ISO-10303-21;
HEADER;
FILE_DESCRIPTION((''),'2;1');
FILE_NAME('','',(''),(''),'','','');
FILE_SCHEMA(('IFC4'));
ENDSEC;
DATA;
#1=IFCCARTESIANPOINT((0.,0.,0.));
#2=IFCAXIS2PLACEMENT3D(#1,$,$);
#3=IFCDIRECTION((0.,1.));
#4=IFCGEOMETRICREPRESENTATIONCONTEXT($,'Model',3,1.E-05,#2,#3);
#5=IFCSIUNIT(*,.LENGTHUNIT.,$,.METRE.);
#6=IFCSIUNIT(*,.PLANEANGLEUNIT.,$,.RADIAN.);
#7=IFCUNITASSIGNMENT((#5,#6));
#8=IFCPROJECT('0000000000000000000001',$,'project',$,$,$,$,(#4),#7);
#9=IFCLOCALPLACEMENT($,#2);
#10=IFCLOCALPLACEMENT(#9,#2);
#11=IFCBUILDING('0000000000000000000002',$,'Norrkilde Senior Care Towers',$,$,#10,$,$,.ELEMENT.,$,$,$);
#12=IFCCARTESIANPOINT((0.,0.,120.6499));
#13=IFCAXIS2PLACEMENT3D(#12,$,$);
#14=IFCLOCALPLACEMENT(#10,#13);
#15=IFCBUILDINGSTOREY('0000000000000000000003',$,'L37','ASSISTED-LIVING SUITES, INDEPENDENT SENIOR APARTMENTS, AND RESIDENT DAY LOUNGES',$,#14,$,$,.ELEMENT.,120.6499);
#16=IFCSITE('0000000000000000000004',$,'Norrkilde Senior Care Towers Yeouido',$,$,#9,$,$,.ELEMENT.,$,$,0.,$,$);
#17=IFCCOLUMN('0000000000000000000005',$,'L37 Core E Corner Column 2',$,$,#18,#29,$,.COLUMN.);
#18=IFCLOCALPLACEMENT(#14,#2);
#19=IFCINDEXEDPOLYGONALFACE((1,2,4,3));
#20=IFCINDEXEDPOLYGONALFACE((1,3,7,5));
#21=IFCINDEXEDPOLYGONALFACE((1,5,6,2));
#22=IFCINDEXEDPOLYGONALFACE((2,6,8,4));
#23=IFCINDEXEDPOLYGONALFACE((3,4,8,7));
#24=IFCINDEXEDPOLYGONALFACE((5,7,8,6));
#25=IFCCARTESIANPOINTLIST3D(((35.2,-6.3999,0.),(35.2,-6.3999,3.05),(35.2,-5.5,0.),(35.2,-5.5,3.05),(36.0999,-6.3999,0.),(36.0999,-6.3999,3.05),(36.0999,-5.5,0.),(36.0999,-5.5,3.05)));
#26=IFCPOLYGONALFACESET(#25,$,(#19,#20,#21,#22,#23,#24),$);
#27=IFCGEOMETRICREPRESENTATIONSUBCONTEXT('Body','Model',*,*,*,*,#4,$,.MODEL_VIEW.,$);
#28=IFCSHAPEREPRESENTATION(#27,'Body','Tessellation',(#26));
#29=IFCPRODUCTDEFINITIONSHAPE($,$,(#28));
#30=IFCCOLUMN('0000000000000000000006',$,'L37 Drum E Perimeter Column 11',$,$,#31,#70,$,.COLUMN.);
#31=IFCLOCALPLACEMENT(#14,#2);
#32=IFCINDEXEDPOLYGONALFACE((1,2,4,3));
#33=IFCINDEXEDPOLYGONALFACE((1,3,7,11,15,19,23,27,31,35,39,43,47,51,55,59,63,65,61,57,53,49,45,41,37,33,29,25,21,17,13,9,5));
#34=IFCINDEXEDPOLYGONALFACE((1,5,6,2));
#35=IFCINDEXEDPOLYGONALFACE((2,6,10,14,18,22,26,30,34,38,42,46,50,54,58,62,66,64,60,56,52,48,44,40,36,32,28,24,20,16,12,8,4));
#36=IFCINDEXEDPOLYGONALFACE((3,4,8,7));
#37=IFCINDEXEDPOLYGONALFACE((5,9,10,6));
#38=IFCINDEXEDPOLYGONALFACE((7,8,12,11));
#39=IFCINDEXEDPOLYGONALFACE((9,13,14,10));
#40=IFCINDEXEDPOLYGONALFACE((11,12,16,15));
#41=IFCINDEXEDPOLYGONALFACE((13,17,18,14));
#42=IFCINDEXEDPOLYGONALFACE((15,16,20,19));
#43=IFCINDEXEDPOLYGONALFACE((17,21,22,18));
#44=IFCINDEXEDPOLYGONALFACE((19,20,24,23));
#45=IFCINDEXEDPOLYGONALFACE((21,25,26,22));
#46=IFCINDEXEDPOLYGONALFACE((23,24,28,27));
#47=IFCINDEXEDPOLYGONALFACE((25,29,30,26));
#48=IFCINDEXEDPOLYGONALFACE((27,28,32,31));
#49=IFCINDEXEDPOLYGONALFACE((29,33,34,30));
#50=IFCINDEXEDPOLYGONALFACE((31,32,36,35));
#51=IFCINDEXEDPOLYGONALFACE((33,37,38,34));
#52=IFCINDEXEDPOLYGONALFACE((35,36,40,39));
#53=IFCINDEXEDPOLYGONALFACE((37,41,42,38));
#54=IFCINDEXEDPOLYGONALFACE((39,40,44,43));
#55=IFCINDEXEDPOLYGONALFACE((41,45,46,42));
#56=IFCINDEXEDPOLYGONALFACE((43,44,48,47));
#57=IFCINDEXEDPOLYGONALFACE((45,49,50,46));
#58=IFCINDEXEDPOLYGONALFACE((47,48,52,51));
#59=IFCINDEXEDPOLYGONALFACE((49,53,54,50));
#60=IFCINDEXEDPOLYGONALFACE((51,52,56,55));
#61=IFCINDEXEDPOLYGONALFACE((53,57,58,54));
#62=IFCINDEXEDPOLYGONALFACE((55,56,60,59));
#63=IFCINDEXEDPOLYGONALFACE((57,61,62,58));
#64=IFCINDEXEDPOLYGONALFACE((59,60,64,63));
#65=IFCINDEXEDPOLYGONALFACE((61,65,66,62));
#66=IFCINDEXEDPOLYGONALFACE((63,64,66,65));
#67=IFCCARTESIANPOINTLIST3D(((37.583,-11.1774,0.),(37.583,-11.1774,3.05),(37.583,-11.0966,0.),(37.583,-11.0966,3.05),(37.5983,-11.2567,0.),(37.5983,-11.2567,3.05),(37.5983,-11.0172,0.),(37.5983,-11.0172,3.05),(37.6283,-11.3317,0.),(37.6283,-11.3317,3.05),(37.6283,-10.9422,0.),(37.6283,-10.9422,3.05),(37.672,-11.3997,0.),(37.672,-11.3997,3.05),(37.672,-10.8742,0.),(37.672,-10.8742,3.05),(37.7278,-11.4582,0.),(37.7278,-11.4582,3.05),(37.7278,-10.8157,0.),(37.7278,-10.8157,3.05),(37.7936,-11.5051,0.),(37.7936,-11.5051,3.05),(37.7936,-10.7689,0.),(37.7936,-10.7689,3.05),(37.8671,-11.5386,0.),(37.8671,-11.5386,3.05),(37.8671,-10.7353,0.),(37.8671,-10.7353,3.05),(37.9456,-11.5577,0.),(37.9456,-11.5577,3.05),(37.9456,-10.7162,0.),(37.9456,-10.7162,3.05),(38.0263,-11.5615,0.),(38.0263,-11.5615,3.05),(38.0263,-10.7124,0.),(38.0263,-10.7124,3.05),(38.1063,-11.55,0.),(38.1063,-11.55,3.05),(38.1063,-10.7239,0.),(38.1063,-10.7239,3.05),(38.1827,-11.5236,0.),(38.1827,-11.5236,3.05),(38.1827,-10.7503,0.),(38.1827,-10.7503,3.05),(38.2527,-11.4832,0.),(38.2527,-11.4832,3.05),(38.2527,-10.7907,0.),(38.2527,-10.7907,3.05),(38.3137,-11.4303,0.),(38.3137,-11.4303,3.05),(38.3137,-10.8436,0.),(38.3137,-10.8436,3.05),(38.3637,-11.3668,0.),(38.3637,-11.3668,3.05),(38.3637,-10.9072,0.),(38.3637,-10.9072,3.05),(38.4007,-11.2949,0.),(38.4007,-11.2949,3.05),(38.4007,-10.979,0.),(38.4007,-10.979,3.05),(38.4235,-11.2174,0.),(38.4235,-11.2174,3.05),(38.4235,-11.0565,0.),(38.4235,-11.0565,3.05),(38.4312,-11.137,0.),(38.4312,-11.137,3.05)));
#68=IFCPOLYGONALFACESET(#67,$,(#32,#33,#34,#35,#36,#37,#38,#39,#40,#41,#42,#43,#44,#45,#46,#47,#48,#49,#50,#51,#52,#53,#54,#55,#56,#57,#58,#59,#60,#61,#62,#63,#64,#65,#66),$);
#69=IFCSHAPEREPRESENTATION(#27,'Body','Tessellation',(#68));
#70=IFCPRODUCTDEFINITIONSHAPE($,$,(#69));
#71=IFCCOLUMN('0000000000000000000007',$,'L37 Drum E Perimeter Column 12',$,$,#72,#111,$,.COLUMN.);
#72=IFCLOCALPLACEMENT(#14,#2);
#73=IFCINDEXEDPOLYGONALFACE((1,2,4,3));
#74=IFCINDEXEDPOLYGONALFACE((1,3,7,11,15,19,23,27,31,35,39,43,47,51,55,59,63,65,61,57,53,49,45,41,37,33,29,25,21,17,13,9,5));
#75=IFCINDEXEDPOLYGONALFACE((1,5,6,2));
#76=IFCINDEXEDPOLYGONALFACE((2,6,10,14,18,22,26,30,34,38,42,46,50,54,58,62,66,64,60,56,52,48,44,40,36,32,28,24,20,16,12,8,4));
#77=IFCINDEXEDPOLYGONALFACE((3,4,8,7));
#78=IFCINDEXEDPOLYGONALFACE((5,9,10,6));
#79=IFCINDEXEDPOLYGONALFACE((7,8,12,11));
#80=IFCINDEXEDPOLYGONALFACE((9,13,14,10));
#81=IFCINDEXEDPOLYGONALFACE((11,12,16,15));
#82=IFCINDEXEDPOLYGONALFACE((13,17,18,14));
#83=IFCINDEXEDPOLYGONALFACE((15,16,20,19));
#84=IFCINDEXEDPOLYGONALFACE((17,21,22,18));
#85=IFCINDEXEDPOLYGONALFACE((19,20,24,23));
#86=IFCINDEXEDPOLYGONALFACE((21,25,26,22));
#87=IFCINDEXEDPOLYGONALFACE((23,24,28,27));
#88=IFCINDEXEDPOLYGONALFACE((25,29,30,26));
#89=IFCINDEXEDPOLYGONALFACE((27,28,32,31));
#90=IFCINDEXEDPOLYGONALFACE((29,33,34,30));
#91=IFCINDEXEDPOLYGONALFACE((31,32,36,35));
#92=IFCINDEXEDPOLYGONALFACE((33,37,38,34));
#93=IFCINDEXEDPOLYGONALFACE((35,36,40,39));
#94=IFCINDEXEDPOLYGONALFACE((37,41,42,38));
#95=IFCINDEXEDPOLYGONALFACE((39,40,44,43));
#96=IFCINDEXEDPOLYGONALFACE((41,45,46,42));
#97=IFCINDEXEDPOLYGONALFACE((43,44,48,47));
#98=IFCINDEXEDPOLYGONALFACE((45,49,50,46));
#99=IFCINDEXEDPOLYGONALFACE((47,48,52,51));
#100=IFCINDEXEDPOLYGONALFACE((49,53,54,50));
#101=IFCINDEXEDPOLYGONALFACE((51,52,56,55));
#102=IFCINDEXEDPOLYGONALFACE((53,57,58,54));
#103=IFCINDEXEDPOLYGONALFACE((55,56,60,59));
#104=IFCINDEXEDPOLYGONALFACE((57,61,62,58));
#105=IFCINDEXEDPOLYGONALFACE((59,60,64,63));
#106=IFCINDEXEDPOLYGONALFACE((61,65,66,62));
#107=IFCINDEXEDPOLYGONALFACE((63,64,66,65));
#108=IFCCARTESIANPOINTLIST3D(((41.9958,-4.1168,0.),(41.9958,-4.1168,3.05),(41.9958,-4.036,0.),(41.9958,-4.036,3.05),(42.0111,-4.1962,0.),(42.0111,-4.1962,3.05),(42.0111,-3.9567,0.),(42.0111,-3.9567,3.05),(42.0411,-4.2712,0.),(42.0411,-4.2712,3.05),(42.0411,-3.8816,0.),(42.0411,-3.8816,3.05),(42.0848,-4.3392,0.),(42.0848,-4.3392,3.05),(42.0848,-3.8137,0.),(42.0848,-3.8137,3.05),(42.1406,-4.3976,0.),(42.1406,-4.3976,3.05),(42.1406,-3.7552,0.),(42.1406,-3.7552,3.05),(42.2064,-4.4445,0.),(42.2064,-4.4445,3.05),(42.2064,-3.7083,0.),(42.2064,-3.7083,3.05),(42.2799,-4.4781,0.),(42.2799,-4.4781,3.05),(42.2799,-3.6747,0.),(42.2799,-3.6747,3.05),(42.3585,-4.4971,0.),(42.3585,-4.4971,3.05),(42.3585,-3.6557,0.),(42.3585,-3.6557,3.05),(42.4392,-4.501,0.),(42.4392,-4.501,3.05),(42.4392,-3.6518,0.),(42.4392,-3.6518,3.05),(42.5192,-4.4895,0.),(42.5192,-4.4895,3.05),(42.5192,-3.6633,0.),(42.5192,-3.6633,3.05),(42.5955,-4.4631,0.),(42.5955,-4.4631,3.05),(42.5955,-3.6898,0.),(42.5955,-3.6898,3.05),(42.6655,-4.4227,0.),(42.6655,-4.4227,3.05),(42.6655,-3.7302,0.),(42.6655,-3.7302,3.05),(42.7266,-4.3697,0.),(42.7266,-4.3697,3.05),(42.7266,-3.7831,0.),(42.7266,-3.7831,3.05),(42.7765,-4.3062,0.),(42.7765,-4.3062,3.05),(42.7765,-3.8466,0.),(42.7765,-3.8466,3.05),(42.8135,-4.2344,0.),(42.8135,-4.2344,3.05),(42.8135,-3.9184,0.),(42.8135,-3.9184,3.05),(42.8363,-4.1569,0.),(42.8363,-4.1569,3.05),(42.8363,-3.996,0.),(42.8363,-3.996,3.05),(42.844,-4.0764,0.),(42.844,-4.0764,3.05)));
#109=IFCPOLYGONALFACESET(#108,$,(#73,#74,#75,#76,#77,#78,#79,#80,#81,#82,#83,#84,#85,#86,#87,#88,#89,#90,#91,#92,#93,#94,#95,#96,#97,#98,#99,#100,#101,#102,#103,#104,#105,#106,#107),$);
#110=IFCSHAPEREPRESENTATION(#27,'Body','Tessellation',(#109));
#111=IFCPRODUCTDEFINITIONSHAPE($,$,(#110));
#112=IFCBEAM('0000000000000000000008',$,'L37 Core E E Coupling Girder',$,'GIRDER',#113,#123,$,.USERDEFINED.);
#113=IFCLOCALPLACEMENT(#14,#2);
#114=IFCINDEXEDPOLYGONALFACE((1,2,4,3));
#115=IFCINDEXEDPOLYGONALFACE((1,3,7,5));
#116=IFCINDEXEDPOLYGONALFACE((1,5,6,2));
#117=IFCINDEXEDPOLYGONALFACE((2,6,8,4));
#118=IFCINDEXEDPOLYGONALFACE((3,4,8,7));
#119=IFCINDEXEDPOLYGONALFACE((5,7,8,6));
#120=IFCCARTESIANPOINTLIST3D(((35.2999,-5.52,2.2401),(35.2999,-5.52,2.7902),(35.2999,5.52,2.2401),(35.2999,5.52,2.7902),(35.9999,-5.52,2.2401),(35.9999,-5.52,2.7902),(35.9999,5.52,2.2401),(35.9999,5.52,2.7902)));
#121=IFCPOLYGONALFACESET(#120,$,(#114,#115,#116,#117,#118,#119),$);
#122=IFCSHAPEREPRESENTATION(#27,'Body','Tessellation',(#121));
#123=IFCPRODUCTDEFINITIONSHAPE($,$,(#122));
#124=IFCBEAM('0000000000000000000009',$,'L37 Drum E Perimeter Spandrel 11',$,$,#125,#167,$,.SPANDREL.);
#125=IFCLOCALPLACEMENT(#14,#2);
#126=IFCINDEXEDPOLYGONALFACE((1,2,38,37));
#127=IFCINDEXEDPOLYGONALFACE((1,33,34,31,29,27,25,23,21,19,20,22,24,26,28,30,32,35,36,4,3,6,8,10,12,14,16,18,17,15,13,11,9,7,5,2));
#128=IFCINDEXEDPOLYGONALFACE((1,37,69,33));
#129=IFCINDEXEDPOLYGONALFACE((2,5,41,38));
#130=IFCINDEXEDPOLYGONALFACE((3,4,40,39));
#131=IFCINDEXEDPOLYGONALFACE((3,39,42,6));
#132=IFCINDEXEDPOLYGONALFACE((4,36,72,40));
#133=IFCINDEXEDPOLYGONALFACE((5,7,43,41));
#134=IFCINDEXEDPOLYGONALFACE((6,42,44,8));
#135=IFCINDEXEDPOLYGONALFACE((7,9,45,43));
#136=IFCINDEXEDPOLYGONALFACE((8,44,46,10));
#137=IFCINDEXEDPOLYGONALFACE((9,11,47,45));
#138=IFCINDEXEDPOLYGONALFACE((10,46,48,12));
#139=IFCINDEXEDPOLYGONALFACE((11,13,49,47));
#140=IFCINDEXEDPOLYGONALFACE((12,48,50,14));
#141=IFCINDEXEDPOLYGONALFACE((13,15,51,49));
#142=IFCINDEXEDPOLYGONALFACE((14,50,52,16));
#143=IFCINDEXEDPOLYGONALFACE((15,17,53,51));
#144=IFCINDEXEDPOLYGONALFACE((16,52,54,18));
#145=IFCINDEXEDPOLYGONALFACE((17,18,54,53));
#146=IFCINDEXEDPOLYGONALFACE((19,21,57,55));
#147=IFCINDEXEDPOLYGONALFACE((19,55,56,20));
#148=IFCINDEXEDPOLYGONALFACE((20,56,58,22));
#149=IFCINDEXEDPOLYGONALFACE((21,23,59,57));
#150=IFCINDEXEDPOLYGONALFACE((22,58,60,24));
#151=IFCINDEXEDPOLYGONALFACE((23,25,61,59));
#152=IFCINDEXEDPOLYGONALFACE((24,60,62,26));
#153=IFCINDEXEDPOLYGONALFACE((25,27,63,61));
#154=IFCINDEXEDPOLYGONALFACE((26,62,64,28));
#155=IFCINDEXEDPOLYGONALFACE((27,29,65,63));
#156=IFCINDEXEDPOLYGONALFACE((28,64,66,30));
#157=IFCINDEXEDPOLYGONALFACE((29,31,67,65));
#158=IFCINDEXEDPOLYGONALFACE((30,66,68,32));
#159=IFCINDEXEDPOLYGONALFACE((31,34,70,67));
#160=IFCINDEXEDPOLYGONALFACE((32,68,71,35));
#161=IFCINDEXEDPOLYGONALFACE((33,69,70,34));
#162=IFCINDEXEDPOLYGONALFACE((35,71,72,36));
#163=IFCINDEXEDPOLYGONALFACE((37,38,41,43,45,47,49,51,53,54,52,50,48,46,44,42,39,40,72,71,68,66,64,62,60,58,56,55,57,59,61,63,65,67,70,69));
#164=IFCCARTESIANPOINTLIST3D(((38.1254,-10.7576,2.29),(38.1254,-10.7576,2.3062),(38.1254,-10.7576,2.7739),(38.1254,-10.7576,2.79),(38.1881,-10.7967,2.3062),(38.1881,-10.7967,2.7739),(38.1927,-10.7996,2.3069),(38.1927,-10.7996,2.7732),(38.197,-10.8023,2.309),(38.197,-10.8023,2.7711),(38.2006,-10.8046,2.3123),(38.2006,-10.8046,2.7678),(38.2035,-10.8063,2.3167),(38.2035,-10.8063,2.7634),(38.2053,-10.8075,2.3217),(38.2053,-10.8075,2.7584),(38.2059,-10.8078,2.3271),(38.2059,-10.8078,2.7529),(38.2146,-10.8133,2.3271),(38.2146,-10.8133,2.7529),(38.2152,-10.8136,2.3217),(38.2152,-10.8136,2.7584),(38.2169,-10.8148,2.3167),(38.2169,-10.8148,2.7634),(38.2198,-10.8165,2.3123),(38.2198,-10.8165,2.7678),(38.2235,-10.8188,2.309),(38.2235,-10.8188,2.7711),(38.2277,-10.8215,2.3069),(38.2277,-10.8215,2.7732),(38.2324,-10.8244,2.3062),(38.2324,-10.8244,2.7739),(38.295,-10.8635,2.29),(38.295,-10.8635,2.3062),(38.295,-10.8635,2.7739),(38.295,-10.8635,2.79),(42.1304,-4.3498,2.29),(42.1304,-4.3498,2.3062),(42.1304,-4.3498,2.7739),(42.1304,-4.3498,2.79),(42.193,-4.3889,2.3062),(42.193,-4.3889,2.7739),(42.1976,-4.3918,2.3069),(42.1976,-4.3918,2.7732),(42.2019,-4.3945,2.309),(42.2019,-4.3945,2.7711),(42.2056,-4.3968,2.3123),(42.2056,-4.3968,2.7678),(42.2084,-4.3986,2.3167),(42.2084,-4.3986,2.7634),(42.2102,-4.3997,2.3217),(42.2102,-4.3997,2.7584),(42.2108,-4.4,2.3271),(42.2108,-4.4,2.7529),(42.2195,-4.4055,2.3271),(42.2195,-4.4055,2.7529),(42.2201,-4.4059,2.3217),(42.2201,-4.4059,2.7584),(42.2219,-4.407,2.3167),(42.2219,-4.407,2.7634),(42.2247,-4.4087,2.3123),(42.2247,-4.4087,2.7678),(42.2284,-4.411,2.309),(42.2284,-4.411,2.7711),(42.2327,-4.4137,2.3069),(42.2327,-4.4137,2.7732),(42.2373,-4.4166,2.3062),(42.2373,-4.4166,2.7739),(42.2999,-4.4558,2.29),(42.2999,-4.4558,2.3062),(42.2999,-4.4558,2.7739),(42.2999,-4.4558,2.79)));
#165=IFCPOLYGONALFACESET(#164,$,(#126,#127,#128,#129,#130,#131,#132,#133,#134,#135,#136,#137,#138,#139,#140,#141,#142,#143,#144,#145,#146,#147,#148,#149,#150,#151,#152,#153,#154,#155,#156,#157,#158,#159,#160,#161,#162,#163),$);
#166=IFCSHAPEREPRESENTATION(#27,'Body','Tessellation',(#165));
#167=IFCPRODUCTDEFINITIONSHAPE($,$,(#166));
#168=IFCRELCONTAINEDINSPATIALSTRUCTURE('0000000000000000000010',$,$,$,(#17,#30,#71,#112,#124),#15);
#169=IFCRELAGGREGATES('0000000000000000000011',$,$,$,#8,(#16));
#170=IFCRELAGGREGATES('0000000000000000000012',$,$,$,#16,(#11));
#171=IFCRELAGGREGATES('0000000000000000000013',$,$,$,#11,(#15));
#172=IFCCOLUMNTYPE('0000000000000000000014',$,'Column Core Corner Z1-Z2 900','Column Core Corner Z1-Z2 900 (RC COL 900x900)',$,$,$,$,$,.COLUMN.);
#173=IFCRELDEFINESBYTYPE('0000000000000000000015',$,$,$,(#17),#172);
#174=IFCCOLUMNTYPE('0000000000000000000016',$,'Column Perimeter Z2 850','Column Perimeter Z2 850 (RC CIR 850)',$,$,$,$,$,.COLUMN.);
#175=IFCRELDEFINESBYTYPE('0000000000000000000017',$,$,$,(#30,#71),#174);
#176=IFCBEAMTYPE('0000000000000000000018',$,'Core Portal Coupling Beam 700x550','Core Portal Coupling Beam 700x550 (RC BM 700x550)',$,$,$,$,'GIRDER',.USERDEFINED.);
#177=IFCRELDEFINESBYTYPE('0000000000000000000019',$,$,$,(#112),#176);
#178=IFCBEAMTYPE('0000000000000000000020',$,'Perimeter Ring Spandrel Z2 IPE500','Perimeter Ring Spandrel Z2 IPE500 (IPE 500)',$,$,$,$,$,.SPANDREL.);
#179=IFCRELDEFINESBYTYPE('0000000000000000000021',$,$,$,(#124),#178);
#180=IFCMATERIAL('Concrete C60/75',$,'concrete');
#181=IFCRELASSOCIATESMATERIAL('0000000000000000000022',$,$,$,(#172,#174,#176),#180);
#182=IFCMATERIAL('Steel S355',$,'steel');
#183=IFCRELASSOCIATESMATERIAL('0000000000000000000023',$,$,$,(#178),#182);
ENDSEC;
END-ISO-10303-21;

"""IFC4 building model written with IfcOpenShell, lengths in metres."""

from ifc_helpers import new_model, si_unit, direction, frame, origin, origin_2d, place, context, subcontext, project, spatial, rectangle, circle, i_section, extrude, source, transform, mapped, material, material_profile, profile_set, type_object, type_shapes, element, save


model = new_model("IFC4")

# Units and contexts
model_context = context("Model", 3, precision=1e-05, world=origin(), true_north=direction((0.0, 1.0)))
body_context = subcontext(model_context, "Body", "Model", "MODEL_VIEW")
ifc_project = project(units=[si_unit("LENGTHUNIT", "METRE"), si_unit("PLANEANGLEUNIT", "RADIAN")], contexts=[model_context])

# Site, building, storey
site_placement = place(None, origin())
site = spatial("IfcSite", under=ifc_project, at=site_placement, Name="Norrkilde Senior Care Towers Yeouido", CompositionType="ELEMENT", RefElevation=0.0)
building_placement = place(site_placement, origin())
building = spatial("IfcBuilding", under=site, at=building_placement, Name="Norrkilde Senior Care Towers", CompositionType="ELEMENT")
storey_placement = place(building_placement, frame((0.0, 0.0, 120.6499)))
storey = spatial("IfcBuildingStorey", under=building, at=storey_placement, Name="L37", Description="ASSISTED-LIVING SUITES, INDEPENDENT SENIOR APARTMENTS, AND RESIDENT DAY LOUNGES", CompositionType="ELEMENT", Elevation=120.6499)

# Columns
ifc_material_1 = material(Name="Concrete C60/75", Category="concrete")
ifc_material_profile_1 = material_profile(ifc_material_1, rectangle(XDim=0.8999, YDim=0.8999, at=origin_2d()), Name="RC COL 900x900")
ifc_profile_set_1 = profile_set([ifc_material_profile_1], Name="Concrete C60/75")
column_type_1 = type_object("IfcColumnType", Name="Column Core Corner Z1-Z2 900", Description="Column Core Corner Z1-Z2 900 (RC COL 900x900)", PredefinedType="COLUMN", material=ifc_profile_set_1)
shared_shape_1 = source(origin(), body_context, "Body", "SweptSolid", [
    extrude(rectangle(XDim=0.8999, YDim=0.8999, at=origin_2d()), origin(), (0.0, 0.0, 1.0), 3.05),
])
type_shapes(column_type_1, [shared_shape_1])
column_placement = place(storey_placement, frame((35.6499, -5.95, 0.0), z_axis=(0.0, 0.0, 1.0), x_axis=(1.0, 0.0, 0.0)))
element("IfcColumn", 1, at=column_placement, inside=storey, type_object=column_type_1, Name="L37 Core E Corner Column 2", PredefinedType="COLUMN", context=body_context, shape_type="MappedRepresentation", body=[
    mapped(shared_shape_1, transform((0.0, 0.0, 0.0), x_axis=(1.0, 0.0, 0.0), y_axis=(0.0, 1.0, 0.0), z_axis=(0.0, 0.0, 1.0), scale=1.0)),
])
ifc_material_profile_2 = material_profile(ifc_material_1, circle(Radius=0.425, at=origin_2d()), Name="RC CIR 850")
ifc_profile_set_2 = profile_set([ifc_material_profile_2], Name="Concrete C60/75")
column_type_2 = type_object("IfcColumnType", Name="Column Perimeter Z2 850", Description="Column Perimeter Z2 850 (RC CIR 850)", PredefinedType="COLUMN", material=ifc_profile_set_2)
shared_shape_2 = source(origin(), body_context, "Body", "SweptSolid", [
    extrude(circle(Radius=0.425, at=origin_2d()), origin(), (0.0, 0.0, 1.0), 3.05),
])
type_shapes(column_type_2, [shared_shape_2])
for number, where, z_axis, x_axis, name in (
    (2, (38.0061, -11.137, 0.0), (0.0, 0.0, 1.0), (1.0, 0.0, 0.0), "L37 Drum E Perimeter Column 11"),
    (3, (42.4189, -4.0764, 0.0), (0.0, 0.0, 1.0), (1.0, 0.0, 0.0), "L37 Drum E Perimeter Column 12"),
):
    element("IfcColumn", number, at=place(storey_placement, frame(where, z_axis=z_axis, x_axis=x_axis)), inside=storey, type_object=column_type_2, Name=name, PredefinedType="COLUMN", context=body_context, shape_type="MappedRepresentation", body=[
        mapped(shared_shape_2, transform((0.0, 0.0, 0.0), x_axis=(1.0, 0.0, 0.0), y_axis=(0.0, 1.0, 0.0), z_axis=(0.0, 0.0, 1.0), scale=1.0)),
    ])

# Beams
ifc_material_profile_3 = material_profile(ifc_material_1, rectangle(XDim=0.7, YDim=0.55, at=origin_2d()), Name="RC BM 700x550")
ifc_profile_set_3 = profile_set([ifc_material_profile_3], Name="Concrete C60/75")
beam_type_1 = type_object("IfcBeamType", Name="Core Portal Coupling Beam 700x550", Description="Core Portal Coupling Beam 700x550 (RC BM 700x550)", ElementType="GIRDER", PredefinedType="USERDEFINED", material=ifc_profile_set_3)
shared_shape_3 = source(origin(), body_context, "Body", "SweptSolid", [
    extrude(rectangle(XDim=0.7, YDim=0.55, at=origin_2d()), origin(), (0.0, 0.0, 1.0), 11.04),
])
type_shapes(beam_type_1, [shared_shape_3])
beam_1_placement = place(storey_placement, frame((35.6499, -5.52, 2.5151), z_axis=(0.0, 1.0, 0.0), x_axis=(-1.0, 0.0, 0.0)))
element("IfcBeam", 4, at=beam_1_placement, inside=storey, type_object=beam_type_1, Name="L37 Core E E Coupling Girder", ObjectType="GIRDER", PredefinedType="USERDEFINED", context=body_context, shape_type="MappedRepresentation", body=[
    mapped(shared_shape_3, transform((0.0, 0.0, 0.0), x_axis=(1.0, 0.0, 0.0), y_axis=(0.0, 1.0, 0.0), z_axis=(0.0, 0.0, 1.0), scale=1.0)),
])
ifc_material_2 = material(Name="Steel S355", Category="steel")
ifc_material_profile_4 = material_profile(ifc_material_2, i_section(OverallWidth=0.2, OverallDepth=0.5, WebThickness=0.0103, FlangeThickness=0.0161, FilletRadius=0.021, at=origin_2d()), Name="IPE 500")
ifc_profile_set_4 = profile_set([ifc_material_profile_4], Name="Steel S355")
beam_type_2 = type_object("IfcBeamType", Name="Perimeter Ring Spandrel Z2 IPE500", Description="Perimeter Ring Spandrel Z2 IPE500 (IPE 500)", PredefinedType="SPANDREL", material=ifc_profile_set_4)
shared_shape_4 = source(origin(), body_context, "Body", "SweptSolid", [
    extrude(i_section(OverallWidth=0.2, OverallDepth=0.5, WebThickness=0.0103, FlangeThickness=0.0161, FilletRadius=0.021, at=origin_2d()), origin(), (0.0, 0.0, 1.0), 7.5564),
])
beam_2_placement = place(storey_placement, frame((38.2102, -10.8105, 2.54), z_axis=(0.530005, 0.847995, 0.0), x_axis=(-0.847995, 0.530005, 0.0)))
element("IfcBeam", 5, at=beam_2_placement, inside=storey, type_object=beam_type_2, Name="L37 Drum E Perimeter Spandrel 11", PredefinedType="SPANDREL", context=body_context, shape_type="MappedRepresentation", body=[
    mapped(shared_shape_4, transform((0.0, 0.0, 0.0), x_axis=(1.0, 0.0, 0.0), y_axis=(0.0, 1.0, 0.0), z_axis=(0.0, 0.0, 1.0), scale=1.0)),
])

save(model, "model.ifc")
